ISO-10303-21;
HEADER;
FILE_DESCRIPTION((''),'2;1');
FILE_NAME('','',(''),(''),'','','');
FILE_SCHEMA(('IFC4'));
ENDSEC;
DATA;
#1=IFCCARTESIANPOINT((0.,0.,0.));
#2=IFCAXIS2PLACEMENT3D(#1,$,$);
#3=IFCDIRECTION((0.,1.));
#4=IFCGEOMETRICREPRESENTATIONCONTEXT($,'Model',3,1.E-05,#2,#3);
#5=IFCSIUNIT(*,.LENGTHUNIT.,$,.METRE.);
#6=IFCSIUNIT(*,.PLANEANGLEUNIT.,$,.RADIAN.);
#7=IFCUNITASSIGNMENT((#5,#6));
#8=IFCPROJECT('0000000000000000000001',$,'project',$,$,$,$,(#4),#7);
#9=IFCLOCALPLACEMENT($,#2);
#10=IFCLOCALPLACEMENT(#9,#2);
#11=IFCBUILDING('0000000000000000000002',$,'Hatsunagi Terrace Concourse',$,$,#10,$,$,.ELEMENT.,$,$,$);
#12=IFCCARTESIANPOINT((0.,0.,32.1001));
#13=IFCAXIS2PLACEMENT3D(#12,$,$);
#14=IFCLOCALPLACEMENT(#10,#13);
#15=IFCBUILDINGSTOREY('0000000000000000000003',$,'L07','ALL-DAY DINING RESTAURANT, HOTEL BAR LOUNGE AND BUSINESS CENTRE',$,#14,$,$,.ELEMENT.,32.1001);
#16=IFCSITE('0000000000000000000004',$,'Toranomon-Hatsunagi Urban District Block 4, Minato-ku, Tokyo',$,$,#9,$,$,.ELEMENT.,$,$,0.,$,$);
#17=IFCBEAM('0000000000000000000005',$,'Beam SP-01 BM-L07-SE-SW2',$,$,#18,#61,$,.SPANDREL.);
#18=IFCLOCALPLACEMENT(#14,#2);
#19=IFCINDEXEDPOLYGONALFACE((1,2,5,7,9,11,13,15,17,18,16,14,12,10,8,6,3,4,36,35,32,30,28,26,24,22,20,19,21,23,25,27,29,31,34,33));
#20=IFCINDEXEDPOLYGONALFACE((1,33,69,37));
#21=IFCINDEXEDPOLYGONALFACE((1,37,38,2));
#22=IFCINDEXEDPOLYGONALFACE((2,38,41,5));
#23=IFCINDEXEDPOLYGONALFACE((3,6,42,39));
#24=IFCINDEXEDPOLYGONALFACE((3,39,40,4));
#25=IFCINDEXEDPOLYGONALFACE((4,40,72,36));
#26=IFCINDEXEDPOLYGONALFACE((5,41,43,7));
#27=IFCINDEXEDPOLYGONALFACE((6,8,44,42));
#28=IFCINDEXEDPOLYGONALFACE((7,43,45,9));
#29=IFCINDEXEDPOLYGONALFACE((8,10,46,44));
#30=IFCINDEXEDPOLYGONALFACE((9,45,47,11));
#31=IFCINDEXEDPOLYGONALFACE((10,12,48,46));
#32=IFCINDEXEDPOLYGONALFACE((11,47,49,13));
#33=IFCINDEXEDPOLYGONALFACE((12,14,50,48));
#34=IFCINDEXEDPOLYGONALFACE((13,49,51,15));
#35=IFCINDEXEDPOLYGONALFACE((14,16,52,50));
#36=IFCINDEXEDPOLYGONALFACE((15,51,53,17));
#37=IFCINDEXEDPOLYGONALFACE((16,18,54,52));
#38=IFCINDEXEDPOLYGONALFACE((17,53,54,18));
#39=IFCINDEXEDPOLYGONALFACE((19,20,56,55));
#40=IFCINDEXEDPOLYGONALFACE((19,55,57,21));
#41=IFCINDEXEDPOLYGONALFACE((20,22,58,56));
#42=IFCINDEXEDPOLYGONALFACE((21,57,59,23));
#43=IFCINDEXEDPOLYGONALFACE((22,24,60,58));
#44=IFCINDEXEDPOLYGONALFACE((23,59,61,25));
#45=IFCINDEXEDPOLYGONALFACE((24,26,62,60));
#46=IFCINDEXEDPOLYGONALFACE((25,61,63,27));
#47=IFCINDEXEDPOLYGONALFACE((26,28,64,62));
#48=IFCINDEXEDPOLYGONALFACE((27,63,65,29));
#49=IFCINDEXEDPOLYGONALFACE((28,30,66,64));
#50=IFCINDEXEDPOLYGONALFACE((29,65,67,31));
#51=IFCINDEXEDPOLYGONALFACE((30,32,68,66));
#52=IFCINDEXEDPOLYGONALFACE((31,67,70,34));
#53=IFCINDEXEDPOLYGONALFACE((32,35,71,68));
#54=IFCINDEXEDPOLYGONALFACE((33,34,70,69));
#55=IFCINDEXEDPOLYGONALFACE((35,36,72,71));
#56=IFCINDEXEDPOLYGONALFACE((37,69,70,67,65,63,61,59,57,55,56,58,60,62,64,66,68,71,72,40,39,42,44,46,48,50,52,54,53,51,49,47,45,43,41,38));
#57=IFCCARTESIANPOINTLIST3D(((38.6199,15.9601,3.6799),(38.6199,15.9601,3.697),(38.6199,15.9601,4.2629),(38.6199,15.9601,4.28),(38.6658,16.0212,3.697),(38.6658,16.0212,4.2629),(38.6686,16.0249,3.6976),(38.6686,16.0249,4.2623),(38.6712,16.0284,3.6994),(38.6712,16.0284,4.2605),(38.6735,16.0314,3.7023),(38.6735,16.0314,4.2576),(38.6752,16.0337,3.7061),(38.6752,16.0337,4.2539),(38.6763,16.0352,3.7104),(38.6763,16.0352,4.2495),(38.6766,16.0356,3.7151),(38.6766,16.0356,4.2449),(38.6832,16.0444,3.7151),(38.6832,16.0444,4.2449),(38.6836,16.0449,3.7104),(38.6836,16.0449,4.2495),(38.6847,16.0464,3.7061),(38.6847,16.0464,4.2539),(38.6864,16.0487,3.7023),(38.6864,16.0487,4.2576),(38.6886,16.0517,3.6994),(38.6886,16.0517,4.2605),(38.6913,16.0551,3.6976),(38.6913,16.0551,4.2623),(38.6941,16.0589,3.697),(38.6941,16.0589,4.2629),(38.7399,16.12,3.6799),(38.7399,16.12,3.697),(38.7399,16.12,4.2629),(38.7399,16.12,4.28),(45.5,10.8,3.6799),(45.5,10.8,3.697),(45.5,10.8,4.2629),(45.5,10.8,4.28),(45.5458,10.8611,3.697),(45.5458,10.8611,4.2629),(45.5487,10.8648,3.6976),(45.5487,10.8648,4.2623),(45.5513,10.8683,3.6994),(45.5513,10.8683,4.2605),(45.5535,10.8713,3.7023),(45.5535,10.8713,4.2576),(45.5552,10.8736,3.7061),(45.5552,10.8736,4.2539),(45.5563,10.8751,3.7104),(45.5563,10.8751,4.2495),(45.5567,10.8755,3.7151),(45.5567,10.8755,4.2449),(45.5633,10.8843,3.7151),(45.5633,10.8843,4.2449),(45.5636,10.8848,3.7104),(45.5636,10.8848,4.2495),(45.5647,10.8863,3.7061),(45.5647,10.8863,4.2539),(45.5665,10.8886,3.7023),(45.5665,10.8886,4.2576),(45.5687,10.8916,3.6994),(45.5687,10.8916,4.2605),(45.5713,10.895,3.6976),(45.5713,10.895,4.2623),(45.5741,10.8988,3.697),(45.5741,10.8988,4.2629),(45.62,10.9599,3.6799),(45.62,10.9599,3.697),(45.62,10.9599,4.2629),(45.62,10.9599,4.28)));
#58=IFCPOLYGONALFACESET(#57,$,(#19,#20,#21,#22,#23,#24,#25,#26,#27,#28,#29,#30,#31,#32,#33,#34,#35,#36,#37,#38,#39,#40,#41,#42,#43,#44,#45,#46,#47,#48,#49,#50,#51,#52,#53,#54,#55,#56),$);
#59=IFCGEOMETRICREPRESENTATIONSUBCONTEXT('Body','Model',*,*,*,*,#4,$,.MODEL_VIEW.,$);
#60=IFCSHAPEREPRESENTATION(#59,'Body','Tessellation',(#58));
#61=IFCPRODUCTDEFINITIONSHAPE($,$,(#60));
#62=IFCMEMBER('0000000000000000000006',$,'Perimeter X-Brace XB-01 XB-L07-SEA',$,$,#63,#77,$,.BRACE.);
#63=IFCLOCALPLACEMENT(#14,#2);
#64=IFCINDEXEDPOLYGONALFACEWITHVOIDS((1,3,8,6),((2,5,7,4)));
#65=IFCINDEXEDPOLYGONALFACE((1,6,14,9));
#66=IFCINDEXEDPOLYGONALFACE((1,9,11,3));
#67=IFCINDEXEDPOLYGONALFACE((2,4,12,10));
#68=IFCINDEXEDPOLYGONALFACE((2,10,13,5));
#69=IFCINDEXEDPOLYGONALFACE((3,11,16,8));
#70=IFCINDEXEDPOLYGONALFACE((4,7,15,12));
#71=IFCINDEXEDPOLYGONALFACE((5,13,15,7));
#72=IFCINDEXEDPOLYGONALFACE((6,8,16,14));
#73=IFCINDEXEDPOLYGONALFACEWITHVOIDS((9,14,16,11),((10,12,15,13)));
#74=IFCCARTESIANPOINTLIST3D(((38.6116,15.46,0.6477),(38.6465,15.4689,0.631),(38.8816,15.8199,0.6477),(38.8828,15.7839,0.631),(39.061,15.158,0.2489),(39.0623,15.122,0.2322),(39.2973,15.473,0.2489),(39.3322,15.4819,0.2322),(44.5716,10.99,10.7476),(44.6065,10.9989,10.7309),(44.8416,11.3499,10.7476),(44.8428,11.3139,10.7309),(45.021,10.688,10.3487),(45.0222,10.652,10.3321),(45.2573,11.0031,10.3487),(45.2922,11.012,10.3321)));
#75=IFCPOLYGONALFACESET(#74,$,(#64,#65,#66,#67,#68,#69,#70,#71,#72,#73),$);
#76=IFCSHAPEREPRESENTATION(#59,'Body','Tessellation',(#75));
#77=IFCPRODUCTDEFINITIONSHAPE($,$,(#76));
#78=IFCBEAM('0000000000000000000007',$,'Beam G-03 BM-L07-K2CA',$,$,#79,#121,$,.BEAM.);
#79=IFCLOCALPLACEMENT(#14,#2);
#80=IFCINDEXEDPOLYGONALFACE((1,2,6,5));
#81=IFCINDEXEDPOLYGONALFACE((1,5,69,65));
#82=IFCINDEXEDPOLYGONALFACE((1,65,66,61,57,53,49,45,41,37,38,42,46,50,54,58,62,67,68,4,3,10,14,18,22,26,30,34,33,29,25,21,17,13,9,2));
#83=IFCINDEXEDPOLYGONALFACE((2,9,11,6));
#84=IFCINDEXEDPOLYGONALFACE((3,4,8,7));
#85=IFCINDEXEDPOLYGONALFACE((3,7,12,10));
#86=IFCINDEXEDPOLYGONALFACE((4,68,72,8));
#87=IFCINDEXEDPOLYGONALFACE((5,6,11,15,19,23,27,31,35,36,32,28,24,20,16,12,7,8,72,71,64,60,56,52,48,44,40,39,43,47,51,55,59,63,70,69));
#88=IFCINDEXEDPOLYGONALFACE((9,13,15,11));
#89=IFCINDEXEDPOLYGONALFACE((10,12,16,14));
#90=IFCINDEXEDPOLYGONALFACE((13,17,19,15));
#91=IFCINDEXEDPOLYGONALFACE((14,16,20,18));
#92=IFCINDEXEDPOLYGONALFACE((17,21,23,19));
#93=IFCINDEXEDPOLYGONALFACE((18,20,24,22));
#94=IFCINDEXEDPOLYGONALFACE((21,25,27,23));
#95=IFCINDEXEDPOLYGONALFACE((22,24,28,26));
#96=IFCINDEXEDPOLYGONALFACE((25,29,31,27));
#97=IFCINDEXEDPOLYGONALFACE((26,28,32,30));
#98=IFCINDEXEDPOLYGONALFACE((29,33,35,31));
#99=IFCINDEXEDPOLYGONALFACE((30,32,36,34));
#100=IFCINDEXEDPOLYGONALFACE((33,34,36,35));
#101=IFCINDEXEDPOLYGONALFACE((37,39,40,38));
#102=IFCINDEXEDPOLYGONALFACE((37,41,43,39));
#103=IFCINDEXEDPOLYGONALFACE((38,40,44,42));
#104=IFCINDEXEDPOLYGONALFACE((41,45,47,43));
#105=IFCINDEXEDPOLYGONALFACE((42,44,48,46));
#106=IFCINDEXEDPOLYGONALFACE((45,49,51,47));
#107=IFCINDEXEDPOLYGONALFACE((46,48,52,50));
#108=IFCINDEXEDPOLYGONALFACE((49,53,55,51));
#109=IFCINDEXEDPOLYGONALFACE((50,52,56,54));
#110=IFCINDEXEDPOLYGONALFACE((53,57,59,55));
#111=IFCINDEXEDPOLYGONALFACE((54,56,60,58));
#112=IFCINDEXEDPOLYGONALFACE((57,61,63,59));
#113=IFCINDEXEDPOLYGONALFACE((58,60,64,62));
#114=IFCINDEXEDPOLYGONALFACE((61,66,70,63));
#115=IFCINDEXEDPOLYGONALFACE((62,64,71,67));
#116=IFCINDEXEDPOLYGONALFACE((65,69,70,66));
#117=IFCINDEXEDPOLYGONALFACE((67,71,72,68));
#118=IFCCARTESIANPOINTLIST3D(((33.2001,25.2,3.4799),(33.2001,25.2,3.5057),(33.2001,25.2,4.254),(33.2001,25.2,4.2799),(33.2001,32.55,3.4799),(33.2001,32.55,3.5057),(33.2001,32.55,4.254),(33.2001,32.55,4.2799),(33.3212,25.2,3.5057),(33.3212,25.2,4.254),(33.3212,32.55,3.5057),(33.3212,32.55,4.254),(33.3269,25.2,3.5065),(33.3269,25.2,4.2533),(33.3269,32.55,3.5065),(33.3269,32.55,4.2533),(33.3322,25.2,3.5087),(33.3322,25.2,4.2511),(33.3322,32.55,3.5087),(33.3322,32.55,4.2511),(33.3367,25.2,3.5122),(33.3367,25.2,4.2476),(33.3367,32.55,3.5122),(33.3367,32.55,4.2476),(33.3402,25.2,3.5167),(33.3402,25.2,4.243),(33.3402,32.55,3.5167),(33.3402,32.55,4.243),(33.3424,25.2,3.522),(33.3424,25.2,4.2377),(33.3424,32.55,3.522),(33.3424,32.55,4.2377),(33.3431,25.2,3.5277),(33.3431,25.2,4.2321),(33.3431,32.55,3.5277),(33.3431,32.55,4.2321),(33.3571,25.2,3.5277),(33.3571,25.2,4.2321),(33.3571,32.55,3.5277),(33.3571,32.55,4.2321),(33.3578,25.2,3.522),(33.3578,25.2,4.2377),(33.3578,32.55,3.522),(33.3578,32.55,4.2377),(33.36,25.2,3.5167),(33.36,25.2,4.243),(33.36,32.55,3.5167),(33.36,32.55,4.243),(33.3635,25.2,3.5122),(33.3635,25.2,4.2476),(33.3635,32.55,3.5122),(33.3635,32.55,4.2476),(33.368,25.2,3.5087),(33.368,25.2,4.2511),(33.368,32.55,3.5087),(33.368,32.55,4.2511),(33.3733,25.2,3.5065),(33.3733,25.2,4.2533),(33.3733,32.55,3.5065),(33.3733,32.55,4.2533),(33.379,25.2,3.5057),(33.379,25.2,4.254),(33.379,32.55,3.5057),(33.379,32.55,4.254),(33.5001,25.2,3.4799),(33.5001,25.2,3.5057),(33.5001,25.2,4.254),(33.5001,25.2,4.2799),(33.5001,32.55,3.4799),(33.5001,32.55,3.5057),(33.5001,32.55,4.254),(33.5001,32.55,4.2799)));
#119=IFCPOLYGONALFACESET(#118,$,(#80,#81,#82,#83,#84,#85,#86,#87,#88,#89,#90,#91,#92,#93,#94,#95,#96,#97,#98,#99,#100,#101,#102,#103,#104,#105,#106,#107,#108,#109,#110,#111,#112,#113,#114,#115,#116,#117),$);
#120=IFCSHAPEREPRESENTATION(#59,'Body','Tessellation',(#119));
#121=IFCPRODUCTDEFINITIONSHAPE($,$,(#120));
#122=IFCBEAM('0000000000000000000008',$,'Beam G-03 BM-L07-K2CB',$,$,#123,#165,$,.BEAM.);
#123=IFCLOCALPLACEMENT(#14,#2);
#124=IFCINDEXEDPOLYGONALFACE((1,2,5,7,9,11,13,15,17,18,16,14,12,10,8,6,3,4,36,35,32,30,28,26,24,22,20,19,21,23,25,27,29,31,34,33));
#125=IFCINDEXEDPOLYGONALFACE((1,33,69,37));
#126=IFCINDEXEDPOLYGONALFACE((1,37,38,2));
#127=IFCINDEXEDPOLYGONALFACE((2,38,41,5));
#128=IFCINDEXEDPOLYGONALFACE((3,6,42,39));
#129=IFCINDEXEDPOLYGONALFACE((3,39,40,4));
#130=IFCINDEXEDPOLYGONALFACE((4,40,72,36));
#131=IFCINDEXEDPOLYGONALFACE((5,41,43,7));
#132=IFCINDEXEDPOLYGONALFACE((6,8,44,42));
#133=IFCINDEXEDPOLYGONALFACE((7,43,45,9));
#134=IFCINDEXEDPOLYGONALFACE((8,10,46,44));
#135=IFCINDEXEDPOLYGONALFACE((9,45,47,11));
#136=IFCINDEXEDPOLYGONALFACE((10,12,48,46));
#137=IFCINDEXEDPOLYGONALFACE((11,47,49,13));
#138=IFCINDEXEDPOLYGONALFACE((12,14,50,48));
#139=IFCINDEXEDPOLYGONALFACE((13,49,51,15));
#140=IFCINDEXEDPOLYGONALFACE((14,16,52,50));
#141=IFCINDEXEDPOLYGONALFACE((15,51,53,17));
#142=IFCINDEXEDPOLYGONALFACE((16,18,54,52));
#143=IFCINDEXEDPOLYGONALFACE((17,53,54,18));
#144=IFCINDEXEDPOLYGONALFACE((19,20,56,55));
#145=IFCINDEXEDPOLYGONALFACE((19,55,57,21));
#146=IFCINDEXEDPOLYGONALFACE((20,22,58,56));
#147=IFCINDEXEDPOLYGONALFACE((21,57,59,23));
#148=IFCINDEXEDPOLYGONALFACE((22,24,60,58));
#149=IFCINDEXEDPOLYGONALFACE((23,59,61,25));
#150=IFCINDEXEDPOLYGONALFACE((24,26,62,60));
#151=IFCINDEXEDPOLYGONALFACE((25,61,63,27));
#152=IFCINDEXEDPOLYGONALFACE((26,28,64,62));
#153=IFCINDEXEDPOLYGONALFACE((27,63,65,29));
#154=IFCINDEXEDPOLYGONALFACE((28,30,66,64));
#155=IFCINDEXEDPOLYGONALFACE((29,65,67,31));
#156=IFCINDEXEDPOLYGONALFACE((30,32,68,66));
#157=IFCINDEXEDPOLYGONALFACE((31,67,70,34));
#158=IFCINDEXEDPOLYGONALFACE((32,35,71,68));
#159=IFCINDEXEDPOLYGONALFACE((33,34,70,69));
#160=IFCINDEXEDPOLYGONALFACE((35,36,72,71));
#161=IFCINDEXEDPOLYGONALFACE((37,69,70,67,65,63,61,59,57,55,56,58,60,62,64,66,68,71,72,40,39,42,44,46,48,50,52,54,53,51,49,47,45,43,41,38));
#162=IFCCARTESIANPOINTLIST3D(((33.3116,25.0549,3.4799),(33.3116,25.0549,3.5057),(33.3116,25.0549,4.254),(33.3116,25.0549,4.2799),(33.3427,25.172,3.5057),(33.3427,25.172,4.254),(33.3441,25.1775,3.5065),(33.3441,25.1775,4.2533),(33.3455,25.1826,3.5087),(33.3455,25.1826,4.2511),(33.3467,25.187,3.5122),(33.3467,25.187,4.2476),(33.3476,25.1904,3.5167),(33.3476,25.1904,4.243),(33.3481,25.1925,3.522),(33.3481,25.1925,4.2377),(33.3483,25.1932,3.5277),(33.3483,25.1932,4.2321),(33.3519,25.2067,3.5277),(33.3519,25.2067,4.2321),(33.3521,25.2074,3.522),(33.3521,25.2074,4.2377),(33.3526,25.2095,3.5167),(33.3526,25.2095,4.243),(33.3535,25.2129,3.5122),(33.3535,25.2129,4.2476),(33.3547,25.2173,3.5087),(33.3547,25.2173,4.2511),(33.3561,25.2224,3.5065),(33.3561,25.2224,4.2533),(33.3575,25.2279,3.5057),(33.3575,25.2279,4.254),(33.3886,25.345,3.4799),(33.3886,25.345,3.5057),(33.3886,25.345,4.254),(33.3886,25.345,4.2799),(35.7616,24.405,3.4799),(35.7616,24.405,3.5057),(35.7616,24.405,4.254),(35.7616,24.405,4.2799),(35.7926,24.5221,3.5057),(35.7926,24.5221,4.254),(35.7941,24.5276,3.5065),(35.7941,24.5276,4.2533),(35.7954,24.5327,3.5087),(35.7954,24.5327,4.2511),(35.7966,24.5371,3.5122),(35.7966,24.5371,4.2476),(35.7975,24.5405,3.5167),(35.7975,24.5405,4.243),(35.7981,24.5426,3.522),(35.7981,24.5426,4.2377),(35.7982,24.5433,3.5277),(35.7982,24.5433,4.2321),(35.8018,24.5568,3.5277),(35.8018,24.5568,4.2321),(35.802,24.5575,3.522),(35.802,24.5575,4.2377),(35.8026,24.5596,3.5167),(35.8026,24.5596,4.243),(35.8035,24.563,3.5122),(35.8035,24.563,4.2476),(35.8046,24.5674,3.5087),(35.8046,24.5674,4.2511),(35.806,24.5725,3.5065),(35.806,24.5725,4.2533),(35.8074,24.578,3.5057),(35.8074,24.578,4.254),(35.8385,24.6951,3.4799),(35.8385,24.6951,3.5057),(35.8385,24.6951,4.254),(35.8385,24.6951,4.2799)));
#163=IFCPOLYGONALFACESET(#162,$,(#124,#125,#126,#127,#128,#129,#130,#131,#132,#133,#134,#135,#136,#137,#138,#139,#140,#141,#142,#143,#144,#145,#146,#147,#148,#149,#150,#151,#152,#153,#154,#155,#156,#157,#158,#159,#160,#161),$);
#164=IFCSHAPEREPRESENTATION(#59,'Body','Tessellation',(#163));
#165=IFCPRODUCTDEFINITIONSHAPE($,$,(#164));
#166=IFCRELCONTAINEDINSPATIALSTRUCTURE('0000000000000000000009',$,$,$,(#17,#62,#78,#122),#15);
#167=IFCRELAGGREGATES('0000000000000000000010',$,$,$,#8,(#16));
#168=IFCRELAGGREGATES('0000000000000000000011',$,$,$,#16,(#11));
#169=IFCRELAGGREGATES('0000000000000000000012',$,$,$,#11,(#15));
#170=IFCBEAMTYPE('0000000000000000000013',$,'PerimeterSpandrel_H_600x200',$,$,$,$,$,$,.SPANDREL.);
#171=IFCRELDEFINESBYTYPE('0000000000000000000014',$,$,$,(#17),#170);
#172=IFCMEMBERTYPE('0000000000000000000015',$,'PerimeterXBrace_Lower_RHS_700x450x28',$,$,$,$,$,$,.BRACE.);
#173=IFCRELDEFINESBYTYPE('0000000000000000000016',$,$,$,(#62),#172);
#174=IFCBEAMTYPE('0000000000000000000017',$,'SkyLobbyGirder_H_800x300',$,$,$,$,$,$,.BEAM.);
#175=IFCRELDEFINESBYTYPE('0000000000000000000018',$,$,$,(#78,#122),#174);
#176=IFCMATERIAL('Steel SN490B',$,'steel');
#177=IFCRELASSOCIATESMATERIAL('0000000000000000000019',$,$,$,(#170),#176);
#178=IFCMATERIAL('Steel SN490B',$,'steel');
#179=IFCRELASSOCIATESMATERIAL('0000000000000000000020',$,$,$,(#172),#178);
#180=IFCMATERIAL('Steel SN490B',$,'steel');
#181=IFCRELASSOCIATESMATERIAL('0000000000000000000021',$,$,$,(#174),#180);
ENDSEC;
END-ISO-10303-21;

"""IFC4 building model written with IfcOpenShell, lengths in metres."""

from ifc_helpers import new_model, si_unit, direction, frame, origin, origin_2d, place, context, subcontext, project, spatial, hollow_rectangle, i_section, extrude, material, material_profile, profile_set, type_object, element, save


model = new_model("IFC4")

# Units and contexts
model_context = context("Model", 3, precision=1e-05, world=origin(), true_north=direction((0.0, 1.0)))
body_context = subcontext(model_context, "Body", "Model", "MODEL_VIEW")
ifc_project = project(units=[si_unit("LENGTHUNIT", "METRE"), si_unit("PLANEANGLEUNIT", "RADIAN")], contexts=[model_context])

# Site, building, storey
site_placement = place(None, origin())
site = spatial("IfcSite", under=ifc_project, at=site_placement, Name="Toranomon-Hatsunagi Urban District Block 4, Minato-ku, Tokyo", CompositionType="ELEMENT", RefElevation=0.0)
building_placement = place(site_placement, origin())
building = spatial("IfcBuilding", under=site, at=building_placement, Name="Hatsunagi Terrace Concourse", CompositionType="ELEMENT")
storey_placement = place(building_placement, frame((0.0, 0.0, 32.1001)))
storey = spatial("IfcBuildingStorey", under=building, at=storey_placement, Name="L07", Description="ALL-DAY DINING RESTAURANT, HOTEL BAR LOUNGE AND BUSINESS CENTRE", CompositionType="ELEMENT", Elevation=32.1001)

# Beam
ifc_material_1 = material(Name="Steel SN490B", Category="steel")
ifc_material_profile_1 = material_profile(ifc_material_1, i_section(OverallWidth=0.2, OverallDepth=0.6001, WebThickness=0.011, FlangeThickness=0.0171, FilletRadius=0.0181, at=origin_2d()), Name="H-600x200x11x17")
ifc_profile_set_1 = profile_set([ifc_material_profile_1], Name="Steel SN490B")
beam_type_1 = type_object("IfcBeamType", Name="PerimeterSpandrel_H_600x200", PredefinedType="SPANDREL", material=ifc_profile_set_1)
beam_1_placement = place(storey_placement, frame((38.6799, 16.04, 3.98), z_axis=(0.799997, -0.600005, 0.0), x_axis=(0.600005, 0.799997, 0.0)))
element("IfcBeam", 1, at=beam_1_placement, inside=storey, type_object=beam_type_1, Name="Beam SP-01 BM-L07-SE-SW2", PredefinedType="SPANDREL", context=body_context, shape_type="SweptSolid", body=[
    extrude(i_section(OverallWidth=0.2, OverallDepth=0.6001, WebThickness=0.011, FlangeThickness=0.0171, FilletRadius=0.0181, at=origin_2d()), origin(), (0.0, 0.0, 1.0), 8.6001),
])

# Member
ifc_material_2 = material(Name="Steel SN490B", Category="steel")
ifc_material_profile_2 = material_profile(ifc_material_2, hollow_rectangle(XDim=0.45, YDim=0.7, WallThickness=0.0281, at=origin_2d()), Name="RHS-700x450x28")
ifc_profile_set_2 = profile_set([ifc_material_profile_2], Name="Steel SN490B")
member_type = type_object("IfcMemberType", Name="PerimeterXBrace_Lower_RHS_700x450x28", PredefinedType="BRACE", material=ifc_profile_set_2)
member_placement = place(storey_placement, frame((38.9719, 15.4709, 0.4399), z_axis=(0.474888, -0.356166, 0.804753), x_axis=(0.6, 0.8, 0.0)))
element("IfcMember", 2, at=member_placement, inside=storey, type_object=member_type, Name="Perimeter X-Brace XB-01 XB-L07-SEA", PredefinedType="BRACE", context=body_context, shape_type="SweptSolid", body=[
    extrude(hollow_rectangle(XDim=0.45, YDim=0.7, WallThickness=0.0281, at=origin_2d()), origin(), (0.0, 0.0, 1.0), 12.5503),
])

# Beams
ifc_material_3 = material(Name="Steel SN490B", Category="steel")
ifc_material_profile_3 = material_profile(ifc_material_3, i_section(OverallWidth=0.3, OverallDepth=0.8, WebThickness=0.0139, FlangeThickness=0.0259, FilletRadius=0.022, at=origin_2d()), Name="H-800x300x14x26")
ifc_profile_set_3 = profile_set([ifc_material_profile_3], Name="Steel SN490B")
beam_type_2 = type_object("IfcBeamType", Name="SkyLobbyGirder_H_800x300", PredefinedType="BEAM", material=ifc_profile_set_3)
beam_2_placement = place(storey_placement, frame((33.3501, 25.2, 3.8799), z_axis=(0.0, 1.0, 0.0), x_axis=(-1.0, 0.0, 0.0)))
element("IfcBeam", 3, at=beam_2_placement, inside=storey, type_object=beam_type_2, Name="Beam G-03 BM-L07-K2CA", PredefinedType="BEAM", context=body_context, shape_type="SweptSolid", body=[
    extrude(i_section(OverallWidth=0.3, OverallDepth=0.8, WebThickness=0.0139, FlangeThickness=0.0259, FilletRadius=0.022, at=origin_2d()), origin(), (0.0, 0.0, 1.0), 7.3501),
])
beam_3_placement = place(storey_placement, frame((33.3501, 25.2, 3.8799), z_axis=(0.96657, -0.256403, 0.0), x_axis=(0.256403, 0.96657, 0.0)))
element("IfcBeam", 4, at=beam_3_placement, inside=storey, type_object=beam_type_2, Name="Beam G-03 BM-L07-K2CB", PredefinedType="BEAM", context=body_context, shape_type="SweptSolid", body=[
    extrude(i_section(OverallWidth=0.3, OverallDepth=0.8, WebThickness=0.0139, FlangeThickness=0.0259, FilletRadius=0.022, at=origin_2d()), origin(), (0.0, 0.0, 1.0), 2.5347),
])

save(model, "model.ifc")
